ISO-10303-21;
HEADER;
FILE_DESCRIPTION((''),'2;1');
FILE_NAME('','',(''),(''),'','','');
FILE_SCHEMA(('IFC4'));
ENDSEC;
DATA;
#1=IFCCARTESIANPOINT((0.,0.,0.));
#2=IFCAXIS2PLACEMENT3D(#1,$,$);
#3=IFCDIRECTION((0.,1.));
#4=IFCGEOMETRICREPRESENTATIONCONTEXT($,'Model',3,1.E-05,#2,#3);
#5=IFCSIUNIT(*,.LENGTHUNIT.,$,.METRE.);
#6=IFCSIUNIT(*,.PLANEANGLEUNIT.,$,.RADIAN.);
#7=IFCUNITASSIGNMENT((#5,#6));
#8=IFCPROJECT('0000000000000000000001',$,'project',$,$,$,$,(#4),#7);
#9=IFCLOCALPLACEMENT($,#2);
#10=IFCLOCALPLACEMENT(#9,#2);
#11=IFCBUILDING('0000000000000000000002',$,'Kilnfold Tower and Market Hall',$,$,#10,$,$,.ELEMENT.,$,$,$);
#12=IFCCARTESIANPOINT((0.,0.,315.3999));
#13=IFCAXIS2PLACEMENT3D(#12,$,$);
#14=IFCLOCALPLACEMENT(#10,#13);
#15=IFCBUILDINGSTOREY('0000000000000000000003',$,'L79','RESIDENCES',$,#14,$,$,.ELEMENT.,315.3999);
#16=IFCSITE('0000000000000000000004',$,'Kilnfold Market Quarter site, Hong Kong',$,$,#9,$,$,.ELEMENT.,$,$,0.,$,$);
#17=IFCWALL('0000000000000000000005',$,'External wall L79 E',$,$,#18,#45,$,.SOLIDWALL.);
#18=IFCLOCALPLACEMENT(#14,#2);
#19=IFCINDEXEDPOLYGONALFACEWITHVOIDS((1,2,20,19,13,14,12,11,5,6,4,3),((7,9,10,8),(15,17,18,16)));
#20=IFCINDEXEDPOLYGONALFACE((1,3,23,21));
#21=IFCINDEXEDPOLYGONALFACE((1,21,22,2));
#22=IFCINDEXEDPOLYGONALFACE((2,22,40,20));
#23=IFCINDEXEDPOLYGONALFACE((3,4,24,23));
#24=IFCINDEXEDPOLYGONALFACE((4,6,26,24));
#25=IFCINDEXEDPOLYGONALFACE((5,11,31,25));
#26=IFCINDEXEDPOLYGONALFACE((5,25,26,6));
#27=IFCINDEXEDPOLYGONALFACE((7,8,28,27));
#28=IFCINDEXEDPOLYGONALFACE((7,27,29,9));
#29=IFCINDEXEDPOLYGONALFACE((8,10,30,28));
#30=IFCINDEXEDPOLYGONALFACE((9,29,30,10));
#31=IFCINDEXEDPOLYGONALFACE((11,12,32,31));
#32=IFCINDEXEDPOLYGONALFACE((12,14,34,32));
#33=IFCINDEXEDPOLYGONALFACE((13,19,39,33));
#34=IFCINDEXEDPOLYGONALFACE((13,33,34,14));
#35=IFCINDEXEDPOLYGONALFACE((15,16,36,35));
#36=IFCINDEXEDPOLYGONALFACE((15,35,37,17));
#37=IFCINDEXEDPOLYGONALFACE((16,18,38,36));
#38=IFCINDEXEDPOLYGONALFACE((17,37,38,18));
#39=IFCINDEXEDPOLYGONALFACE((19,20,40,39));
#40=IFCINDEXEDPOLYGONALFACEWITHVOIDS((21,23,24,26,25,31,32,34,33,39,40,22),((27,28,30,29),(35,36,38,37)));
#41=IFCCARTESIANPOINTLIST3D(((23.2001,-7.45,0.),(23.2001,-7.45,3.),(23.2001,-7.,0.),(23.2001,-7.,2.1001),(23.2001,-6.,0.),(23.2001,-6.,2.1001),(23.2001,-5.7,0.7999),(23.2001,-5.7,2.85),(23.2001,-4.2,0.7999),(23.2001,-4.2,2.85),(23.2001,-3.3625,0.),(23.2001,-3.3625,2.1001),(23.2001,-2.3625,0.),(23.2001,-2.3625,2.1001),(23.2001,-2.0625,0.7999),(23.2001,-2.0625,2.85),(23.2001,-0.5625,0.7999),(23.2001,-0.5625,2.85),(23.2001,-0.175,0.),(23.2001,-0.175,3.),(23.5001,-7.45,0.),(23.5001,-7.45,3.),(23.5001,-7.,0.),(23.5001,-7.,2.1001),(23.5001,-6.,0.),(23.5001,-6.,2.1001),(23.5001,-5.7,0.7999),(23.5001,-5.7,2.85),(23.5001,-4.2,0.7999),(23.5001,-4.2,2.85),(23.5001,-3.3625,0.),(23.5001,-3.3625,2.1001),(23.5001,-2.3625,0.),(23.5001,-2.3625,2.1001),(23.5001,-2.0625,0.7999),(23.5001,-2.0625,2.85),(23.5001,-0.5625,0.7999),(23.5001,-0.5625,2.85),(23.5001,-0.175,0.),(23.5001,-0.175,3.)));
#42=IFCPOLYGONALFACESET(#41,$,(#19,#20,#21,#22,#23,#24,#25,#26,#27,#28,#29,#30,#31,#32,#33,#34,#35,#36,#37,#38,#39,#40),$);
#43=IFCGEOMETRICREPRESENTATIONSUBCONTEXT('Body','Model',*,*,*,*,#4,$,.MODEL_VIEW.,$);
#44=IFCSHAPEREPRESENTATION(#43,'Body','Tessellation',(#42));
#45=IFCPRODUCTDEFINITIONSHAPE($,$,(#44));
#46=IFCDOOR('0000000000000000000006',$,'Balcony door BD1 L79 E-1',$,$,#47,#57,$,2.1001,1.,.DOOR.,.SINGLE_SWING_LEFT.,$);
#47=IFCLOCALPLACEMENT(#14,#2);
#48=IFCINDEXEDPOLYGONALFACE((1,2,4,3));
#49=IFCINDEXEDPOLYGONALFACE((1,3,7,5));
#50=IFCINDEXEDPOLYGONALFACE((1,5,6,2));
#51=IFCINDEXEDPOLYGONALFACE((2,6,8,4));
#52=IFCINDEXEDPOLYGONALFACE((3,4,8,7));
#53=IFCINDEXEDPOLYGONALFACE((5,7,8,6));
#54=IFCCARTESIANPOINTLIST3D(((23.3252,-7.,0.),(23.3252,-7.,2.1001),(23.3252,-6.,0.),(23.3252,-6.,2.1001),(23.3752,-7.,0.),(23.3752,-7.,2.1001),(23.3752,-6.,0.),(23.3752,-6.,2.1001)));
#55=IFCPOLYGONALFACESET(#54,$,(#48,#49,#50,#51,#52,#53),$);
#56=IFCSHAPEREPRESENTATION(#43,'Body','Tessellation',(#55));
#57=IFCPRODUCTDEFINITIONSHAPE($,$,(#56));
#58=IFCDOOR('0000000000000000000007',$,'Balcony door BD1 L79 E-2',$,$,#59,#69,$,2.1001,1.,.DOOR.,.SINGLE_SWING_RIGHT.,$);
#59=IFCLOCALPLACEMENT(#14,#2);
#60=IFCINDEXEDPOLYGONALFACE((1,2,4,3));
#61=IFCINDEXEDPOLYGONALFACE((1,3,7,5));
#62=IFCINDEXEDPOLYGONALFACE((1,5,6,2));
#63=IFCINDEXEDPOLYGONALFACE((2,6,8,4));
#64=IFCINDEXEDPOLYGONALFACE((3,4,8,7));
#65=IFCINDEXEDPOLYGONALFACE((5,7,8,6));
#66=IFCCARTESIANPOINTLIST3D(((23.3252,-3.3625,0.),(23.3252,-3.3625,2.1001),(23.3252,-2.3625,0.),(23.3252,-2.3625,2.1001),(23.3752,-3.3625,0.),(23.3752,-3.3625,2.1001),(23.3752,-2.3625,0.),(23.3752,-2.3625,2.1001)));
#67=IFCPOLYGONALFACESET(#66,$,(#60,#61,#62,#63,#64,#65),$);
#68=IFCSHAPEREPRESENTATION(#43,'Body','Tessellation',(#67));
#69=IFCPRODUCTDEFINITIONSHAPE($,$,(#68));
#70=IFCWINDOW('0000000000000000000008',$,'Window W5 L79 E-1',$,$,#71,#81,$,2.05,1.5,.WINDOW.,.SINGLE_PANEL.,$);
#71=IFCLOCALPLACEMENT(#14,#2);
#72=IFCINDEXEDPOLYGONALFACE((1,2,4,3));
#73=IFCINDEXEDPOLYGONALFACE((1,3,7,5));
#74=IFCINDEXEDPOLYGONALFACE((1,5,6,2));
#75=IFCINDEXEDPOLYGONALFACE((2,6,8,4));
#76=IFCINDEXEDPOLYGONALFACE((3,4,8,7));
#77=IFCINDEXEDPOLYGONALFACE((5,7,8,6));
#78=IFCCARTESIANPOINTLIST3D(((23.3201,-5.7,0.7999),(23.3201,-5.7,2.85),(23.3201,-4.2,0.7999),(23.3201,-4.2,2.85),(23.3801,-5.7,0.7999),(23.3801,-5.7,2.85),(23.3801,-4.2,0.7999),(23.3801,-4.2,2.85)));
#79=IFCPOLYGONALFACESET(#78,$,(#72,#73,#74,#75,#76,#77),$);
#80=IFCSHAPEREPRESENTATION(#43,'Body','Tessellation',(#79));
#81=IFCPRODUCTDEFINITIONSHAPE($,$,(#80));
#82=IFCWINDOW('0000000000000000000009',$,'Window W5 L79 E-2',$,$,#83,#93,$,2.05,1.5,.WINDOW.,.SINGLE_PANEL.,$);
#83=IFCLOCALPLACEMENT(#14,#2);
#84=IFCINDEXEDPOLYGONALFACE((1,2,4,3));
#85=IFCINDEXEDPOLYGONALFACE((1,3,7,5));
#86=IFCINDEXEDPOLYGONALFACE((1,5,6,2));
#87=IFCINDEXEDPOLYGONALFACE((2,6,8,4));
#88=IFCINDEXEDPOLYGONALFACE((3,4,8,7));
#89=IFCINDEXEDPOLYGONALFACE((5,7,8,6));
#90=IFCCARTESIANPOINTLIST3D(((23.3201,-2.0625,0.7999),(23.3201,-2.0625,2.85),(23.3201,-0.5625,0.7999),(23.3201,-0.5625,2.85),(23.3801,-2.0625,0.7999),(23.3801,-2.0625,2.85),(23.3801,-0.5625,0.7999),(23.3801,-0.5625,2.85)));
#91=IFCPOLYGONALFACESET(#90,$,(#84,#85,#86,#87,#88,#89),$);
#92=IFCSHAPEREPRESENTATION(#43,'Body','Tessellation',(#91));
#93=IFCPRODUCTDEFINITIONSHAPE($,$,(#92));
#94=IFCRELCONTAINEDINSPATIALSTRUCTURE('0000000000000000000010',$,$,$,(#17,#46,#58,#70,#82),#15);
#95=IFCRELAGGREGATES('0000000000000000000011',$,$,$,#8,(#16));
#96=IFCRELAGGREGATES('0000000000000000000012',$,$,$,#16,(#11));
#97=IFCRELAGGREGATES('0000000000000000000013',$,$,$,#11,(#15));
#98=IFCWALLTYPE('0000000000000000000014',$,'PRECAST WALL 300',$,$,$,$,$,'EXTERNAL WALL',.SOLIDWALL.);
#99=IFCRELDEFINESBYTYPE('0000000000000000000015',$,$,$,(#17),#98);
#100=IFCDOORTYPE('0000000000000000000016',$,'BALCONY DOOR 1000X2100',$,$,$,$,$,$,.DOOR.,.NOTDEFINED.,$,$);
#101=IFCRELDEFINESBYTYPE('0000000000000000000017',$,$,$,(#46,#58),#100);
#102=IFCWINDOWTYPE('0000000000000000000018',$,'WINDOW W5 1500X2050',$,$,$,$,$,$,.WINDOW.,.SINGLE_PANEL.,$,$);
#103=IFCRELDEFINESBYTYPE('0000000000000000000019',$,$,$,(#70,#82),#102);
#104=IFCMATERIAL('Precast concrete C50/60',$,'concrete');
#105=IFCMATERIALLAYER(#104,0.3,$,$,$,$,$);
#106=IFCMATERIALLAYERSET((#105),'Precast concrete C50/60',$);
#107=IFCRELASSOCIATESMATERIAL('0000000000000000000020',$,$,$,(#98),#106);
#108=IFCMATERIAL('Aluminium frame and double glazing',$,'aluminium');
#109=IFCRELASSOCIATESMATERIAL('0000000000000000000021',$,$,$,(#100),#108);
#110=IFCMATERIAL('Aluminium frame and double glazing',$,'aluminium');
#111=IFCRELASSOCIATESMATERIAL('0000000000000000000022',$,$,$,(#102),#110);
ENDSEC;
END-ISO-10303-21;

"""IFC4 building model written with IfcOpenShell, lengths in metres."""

from ifc_helpers import new_model, si_unit, direction, frame, frame_2d, origin, place, context, subcontext, project, spatial, rectangle, extrude, source, transform, mapped, material, layer, layer_set, type_object, element, fill, save


model = new_model("IFC4")

# Units and contexts
model_context = context("Model", 3, precision=1e-05, world=origin(), true_north=direction((0.0, 1.0)))
body_context = subcontext(model_context, "Body", "Model", "MODEL_VIEW")
ifc_project = project(units=[si_unit("LENGTHUNIT", "METRE"), si_unit("PLANEANGLEUNIT", "RADIAN")], contexts=[model_context])

# Site, building, storey
site_placement = place(None, origin())
site = spatial("IfcSite", under=ifc_project, at=site_placement, Name="Kilnfold Market Quarter site, Hong Kong", CompositionType="ELEMENT", RefElevation=0.0)
building_placement = place(site_placement, origin())
building = spatial("IfcBuilding", under=site, at=building_placement, Name="Kilnfold Tower and Market Hall", CompositionType="ELEMENT")
storey_placement = place(building_placement, frame((0.0, 0.0, 315.3999)))
storey = spatial("IfcBuildingStorey", under=building, at=storey_placement, Name="L79", Description="RESIDENCES", CompositionType="ELEMENT", Elevation=315.3999)

# Wall, openings, doors, windows
ifc_material_1 = material(Name="Precast concrete C50/60", Category="concrete")
ifc_layer_1 = layer(ifc_material_1, 0.3)
ifc_layer_set_1 = layer_set([ifc_layer_1], Name="Precast concrete C50/60")
wall_type_1 = type_object("IfcWallType", Name="PRECAST WALL 300", ElementType="EXTERNAL WALL", PredefinedType="SOLIDWALL", material=ifc_layer_set_1)
shared_shape_1 = source(origin(), body_context, "Body", "SweptSolid", [
    extrude(rectangle(XDim=7.2749, YDim=0.3, at=frame_2d((3.6375, 0.0))), origin(), (0.0, 0.0, 1.0), 3.0),
])
wall_1_placement = place(storey_placement, frame((23.3501, -7.45, 0.0), z_axis=(0.0, 0.0, 1.0), x_axis=(0.0, 1.0, 0.0)))
wall_1 = element("IfcWall", 1, at=wall_1_placement, inside=storey, type_object=wall_type_1, Name="External wall L79 E", PredefinedType="SOLIDWALL", context=body_context, shape_type="MappedRepresentation", body=[
    mapped(shared_shape_1, transform((0.0, 0.0, 0.0))),
])
opening_1_placement = place(wall_1_placement, frame((1.75, 0.0, 0.8)))
opening_1 = element("IfcOpeningElement", 2, at=opening_1_placement, cuts=wall_1, PredefinedType="OPENING", context=body_context, shape_type="SweptSolid", body=[
    extrude(rectangle(XDim=1.5, YDim=2.05, at=frame_2d((0.75, 1.0249))), frame((0.0, 0.1602, 0.0), z_axis=(0.0, -1.0, 0.0), x_axis=(1.0, 0.0, 0.0)), (0.0, 0.0, 1.0), 0.3201),
])
opening_2_placement = place(wall_1_placement, frame((0.45, 0.0, 0.0)))
opening_2 = element("IfcOpeningElement", 3, at=opening_2_placement, cuts=wall_1, PredefinedType="OPENING", context=body_context, shape_type="SweptSolid", body=[
    extrude(rectangle(XDim=1.0, YDim=2.1001, at=frame_2d((0.5, 1.05))), frame((0.0, 0.1602, 0.0), z_axis=(0.0, -1.0, 0.0), x_axis=(1.0, 0.0, 0.0)), (0.0, 0.0, 1.0), 0.3201),
])
opening_3_placement = place(wall_1_placement, frame((5.3875, 0.0, 0.8)))
opening_3 = element("IfcOpeningElement", 4, at=opening_3_placement, cuts=wall_1, PredefinedType="OPENING", context=body_context, shape_type="SweptSolid", body=[
    extrude(rectangle(XDim=1.5, YDim=2.05, at=frame_2d((0.75, 1.0249))), frame((0.0, 0.1602, 0.0), z_axis=(0.0, -1.0, 0.0), x_axis=(1.0, 0.0, 0.0)), (0.0, 0.0, 1.0), 0.3201),
])
opening_4_placement = place(wall_1_placement, frame((4.0874, 0.0, 0.0)))
opening_4 = element("IfcOpeningElement", 5, at=opening_4_placement, cuts=wall_1, PredefinedType="OPENING", context=body_context, shape_type="SweptSolid", body=[
    extrude(rectangle(XDim=1.0, YDim=2.1001, at=frame_2d((0.5, 1.05))), frame((0.0, 0.1602, 0.0), z_axis=(0.0, -1.0, 0.0), x_axis=(1.0, 0.0, 0.0)), (0.0, 0.0, 1.0), 0.3201),
])
ifc_material_2 = material(Name="Aluminium frame and double glazing", Category="aluminium")
door_type_1 = type_object("IfcDoorType", Name="BALCONY DOOR 1000X2100", OperationType="NOTDEFINED", PredefinedType="DOOR", material=ifc_material_2)
door_1_placement = place(opening_2_placement, origin())
door_1 = element("IfcDoor", 6, at=door_1_placement, inside=storey, type_object=door_type_1, Name="Balcony door BD1 L79 E-1", OperationType="SINGLE_SWING_LEFT", OverallHeight=2.1001, OverallWidth=1.0, PredefinedType="DOOR", context=body_context, shape_type="SweptSolid", body=[
    extrude(rectangle(XDim=1.0, YDim=2.1001, at=frame_2d((0.5, 1.05))), frame((0.0, 0.0249, 0.0), z_axis=(0.0, -1.0, 0.0), x_axis=(1.0, 0.0, 0.0)), (0.0, 0.0, 1.0), 0.05),
])
fill(opening_2, door_1)
door_2_placement = place(opening_4_placement, origin())
door_2 = element("IfcDoor", 7, at=door_2_placement, inside=storey, type_object=door_type_1, Name="Balcony door BD1 L79 E-2", OperationType="SINGLE_SWING_RIGHT", OverallHeight=2.1001, OverallWidth=1.0, PredefinedType="DOOR", context=body_context, shape_type="SweptSolid", body=[
    extrude(rectangle(XDim=1.0, YDim=2.1001, at=frame_2d((0.5, 1.05))), frame((0.0, 0.0249, 0.0), z_axis=(0.0, -1.0, 0.0), x_axis=(1.0, 0.0, 0.0)), (0.0, 0.0, 1.0), 0.05),
])
fill(opening_4, door_2)
ifc_material_3 = material(Name="Aluminium frame and double glazing", Category="aluminium")
window_type = type_object("IfcWindowType", Name="WINDOW W5 1500X2050", PartitioningType="SINGLE_PANEL", PredefinedType="WINDOW", material=ifc_material_3)
window_1_placement = place(opening_1_placement, origin())
window_1 = element("IfcWindow", 8, at=window_1_placement, inside=storey, type_object=window_type, Name="Window W5 L79 E-1", OverallHeight=2.05, OverallWidth=1.5, PartitioningType="SINGLE_PANEL", PredefinedType="WINDOW", context=body_context, shape_type="SweptSolid", body=[
    extrude(rectangle(XDim=1.5, YDim=2.05, at=frame_2d((0.75, 1.0249))), frame((0.0, 0.03, 0.0), z_axis=(0.0, -1.0, 0.0), x_axis=(1.0, 0.0, 0.0)), (0.0, 0.0, 1.0), 0.0601),
])
fill(opening_1, window_1)
window_2_placement = place(opening_3_placement, origin())
window_2 = element("IfcWindow", 9, at=window_2_placement, inside=storey, type_object=window_type, Name="Window W5 L79 E-2", OverallHeight=2.05, OverallWidth=1.5, PartitioningType="SINGLE_PANEL", PredefinedType="WINDOW", context=body_context, shape_type="SweptSolid", body=[
    extrude(rectangle(XDim=1.5, YDim=2.05, at=frame_2d((0.75, 1.0249))), frame((0.0, 0.03, 0.0), z_axis=(0.0, -1.0, 0.0), x_axis=(1.0, 0.0, 0.0)), (0.0, 0.0, 1.0), 0.0601),
])
fill(opening_3, window_2)

save(model, "model.ifc")
